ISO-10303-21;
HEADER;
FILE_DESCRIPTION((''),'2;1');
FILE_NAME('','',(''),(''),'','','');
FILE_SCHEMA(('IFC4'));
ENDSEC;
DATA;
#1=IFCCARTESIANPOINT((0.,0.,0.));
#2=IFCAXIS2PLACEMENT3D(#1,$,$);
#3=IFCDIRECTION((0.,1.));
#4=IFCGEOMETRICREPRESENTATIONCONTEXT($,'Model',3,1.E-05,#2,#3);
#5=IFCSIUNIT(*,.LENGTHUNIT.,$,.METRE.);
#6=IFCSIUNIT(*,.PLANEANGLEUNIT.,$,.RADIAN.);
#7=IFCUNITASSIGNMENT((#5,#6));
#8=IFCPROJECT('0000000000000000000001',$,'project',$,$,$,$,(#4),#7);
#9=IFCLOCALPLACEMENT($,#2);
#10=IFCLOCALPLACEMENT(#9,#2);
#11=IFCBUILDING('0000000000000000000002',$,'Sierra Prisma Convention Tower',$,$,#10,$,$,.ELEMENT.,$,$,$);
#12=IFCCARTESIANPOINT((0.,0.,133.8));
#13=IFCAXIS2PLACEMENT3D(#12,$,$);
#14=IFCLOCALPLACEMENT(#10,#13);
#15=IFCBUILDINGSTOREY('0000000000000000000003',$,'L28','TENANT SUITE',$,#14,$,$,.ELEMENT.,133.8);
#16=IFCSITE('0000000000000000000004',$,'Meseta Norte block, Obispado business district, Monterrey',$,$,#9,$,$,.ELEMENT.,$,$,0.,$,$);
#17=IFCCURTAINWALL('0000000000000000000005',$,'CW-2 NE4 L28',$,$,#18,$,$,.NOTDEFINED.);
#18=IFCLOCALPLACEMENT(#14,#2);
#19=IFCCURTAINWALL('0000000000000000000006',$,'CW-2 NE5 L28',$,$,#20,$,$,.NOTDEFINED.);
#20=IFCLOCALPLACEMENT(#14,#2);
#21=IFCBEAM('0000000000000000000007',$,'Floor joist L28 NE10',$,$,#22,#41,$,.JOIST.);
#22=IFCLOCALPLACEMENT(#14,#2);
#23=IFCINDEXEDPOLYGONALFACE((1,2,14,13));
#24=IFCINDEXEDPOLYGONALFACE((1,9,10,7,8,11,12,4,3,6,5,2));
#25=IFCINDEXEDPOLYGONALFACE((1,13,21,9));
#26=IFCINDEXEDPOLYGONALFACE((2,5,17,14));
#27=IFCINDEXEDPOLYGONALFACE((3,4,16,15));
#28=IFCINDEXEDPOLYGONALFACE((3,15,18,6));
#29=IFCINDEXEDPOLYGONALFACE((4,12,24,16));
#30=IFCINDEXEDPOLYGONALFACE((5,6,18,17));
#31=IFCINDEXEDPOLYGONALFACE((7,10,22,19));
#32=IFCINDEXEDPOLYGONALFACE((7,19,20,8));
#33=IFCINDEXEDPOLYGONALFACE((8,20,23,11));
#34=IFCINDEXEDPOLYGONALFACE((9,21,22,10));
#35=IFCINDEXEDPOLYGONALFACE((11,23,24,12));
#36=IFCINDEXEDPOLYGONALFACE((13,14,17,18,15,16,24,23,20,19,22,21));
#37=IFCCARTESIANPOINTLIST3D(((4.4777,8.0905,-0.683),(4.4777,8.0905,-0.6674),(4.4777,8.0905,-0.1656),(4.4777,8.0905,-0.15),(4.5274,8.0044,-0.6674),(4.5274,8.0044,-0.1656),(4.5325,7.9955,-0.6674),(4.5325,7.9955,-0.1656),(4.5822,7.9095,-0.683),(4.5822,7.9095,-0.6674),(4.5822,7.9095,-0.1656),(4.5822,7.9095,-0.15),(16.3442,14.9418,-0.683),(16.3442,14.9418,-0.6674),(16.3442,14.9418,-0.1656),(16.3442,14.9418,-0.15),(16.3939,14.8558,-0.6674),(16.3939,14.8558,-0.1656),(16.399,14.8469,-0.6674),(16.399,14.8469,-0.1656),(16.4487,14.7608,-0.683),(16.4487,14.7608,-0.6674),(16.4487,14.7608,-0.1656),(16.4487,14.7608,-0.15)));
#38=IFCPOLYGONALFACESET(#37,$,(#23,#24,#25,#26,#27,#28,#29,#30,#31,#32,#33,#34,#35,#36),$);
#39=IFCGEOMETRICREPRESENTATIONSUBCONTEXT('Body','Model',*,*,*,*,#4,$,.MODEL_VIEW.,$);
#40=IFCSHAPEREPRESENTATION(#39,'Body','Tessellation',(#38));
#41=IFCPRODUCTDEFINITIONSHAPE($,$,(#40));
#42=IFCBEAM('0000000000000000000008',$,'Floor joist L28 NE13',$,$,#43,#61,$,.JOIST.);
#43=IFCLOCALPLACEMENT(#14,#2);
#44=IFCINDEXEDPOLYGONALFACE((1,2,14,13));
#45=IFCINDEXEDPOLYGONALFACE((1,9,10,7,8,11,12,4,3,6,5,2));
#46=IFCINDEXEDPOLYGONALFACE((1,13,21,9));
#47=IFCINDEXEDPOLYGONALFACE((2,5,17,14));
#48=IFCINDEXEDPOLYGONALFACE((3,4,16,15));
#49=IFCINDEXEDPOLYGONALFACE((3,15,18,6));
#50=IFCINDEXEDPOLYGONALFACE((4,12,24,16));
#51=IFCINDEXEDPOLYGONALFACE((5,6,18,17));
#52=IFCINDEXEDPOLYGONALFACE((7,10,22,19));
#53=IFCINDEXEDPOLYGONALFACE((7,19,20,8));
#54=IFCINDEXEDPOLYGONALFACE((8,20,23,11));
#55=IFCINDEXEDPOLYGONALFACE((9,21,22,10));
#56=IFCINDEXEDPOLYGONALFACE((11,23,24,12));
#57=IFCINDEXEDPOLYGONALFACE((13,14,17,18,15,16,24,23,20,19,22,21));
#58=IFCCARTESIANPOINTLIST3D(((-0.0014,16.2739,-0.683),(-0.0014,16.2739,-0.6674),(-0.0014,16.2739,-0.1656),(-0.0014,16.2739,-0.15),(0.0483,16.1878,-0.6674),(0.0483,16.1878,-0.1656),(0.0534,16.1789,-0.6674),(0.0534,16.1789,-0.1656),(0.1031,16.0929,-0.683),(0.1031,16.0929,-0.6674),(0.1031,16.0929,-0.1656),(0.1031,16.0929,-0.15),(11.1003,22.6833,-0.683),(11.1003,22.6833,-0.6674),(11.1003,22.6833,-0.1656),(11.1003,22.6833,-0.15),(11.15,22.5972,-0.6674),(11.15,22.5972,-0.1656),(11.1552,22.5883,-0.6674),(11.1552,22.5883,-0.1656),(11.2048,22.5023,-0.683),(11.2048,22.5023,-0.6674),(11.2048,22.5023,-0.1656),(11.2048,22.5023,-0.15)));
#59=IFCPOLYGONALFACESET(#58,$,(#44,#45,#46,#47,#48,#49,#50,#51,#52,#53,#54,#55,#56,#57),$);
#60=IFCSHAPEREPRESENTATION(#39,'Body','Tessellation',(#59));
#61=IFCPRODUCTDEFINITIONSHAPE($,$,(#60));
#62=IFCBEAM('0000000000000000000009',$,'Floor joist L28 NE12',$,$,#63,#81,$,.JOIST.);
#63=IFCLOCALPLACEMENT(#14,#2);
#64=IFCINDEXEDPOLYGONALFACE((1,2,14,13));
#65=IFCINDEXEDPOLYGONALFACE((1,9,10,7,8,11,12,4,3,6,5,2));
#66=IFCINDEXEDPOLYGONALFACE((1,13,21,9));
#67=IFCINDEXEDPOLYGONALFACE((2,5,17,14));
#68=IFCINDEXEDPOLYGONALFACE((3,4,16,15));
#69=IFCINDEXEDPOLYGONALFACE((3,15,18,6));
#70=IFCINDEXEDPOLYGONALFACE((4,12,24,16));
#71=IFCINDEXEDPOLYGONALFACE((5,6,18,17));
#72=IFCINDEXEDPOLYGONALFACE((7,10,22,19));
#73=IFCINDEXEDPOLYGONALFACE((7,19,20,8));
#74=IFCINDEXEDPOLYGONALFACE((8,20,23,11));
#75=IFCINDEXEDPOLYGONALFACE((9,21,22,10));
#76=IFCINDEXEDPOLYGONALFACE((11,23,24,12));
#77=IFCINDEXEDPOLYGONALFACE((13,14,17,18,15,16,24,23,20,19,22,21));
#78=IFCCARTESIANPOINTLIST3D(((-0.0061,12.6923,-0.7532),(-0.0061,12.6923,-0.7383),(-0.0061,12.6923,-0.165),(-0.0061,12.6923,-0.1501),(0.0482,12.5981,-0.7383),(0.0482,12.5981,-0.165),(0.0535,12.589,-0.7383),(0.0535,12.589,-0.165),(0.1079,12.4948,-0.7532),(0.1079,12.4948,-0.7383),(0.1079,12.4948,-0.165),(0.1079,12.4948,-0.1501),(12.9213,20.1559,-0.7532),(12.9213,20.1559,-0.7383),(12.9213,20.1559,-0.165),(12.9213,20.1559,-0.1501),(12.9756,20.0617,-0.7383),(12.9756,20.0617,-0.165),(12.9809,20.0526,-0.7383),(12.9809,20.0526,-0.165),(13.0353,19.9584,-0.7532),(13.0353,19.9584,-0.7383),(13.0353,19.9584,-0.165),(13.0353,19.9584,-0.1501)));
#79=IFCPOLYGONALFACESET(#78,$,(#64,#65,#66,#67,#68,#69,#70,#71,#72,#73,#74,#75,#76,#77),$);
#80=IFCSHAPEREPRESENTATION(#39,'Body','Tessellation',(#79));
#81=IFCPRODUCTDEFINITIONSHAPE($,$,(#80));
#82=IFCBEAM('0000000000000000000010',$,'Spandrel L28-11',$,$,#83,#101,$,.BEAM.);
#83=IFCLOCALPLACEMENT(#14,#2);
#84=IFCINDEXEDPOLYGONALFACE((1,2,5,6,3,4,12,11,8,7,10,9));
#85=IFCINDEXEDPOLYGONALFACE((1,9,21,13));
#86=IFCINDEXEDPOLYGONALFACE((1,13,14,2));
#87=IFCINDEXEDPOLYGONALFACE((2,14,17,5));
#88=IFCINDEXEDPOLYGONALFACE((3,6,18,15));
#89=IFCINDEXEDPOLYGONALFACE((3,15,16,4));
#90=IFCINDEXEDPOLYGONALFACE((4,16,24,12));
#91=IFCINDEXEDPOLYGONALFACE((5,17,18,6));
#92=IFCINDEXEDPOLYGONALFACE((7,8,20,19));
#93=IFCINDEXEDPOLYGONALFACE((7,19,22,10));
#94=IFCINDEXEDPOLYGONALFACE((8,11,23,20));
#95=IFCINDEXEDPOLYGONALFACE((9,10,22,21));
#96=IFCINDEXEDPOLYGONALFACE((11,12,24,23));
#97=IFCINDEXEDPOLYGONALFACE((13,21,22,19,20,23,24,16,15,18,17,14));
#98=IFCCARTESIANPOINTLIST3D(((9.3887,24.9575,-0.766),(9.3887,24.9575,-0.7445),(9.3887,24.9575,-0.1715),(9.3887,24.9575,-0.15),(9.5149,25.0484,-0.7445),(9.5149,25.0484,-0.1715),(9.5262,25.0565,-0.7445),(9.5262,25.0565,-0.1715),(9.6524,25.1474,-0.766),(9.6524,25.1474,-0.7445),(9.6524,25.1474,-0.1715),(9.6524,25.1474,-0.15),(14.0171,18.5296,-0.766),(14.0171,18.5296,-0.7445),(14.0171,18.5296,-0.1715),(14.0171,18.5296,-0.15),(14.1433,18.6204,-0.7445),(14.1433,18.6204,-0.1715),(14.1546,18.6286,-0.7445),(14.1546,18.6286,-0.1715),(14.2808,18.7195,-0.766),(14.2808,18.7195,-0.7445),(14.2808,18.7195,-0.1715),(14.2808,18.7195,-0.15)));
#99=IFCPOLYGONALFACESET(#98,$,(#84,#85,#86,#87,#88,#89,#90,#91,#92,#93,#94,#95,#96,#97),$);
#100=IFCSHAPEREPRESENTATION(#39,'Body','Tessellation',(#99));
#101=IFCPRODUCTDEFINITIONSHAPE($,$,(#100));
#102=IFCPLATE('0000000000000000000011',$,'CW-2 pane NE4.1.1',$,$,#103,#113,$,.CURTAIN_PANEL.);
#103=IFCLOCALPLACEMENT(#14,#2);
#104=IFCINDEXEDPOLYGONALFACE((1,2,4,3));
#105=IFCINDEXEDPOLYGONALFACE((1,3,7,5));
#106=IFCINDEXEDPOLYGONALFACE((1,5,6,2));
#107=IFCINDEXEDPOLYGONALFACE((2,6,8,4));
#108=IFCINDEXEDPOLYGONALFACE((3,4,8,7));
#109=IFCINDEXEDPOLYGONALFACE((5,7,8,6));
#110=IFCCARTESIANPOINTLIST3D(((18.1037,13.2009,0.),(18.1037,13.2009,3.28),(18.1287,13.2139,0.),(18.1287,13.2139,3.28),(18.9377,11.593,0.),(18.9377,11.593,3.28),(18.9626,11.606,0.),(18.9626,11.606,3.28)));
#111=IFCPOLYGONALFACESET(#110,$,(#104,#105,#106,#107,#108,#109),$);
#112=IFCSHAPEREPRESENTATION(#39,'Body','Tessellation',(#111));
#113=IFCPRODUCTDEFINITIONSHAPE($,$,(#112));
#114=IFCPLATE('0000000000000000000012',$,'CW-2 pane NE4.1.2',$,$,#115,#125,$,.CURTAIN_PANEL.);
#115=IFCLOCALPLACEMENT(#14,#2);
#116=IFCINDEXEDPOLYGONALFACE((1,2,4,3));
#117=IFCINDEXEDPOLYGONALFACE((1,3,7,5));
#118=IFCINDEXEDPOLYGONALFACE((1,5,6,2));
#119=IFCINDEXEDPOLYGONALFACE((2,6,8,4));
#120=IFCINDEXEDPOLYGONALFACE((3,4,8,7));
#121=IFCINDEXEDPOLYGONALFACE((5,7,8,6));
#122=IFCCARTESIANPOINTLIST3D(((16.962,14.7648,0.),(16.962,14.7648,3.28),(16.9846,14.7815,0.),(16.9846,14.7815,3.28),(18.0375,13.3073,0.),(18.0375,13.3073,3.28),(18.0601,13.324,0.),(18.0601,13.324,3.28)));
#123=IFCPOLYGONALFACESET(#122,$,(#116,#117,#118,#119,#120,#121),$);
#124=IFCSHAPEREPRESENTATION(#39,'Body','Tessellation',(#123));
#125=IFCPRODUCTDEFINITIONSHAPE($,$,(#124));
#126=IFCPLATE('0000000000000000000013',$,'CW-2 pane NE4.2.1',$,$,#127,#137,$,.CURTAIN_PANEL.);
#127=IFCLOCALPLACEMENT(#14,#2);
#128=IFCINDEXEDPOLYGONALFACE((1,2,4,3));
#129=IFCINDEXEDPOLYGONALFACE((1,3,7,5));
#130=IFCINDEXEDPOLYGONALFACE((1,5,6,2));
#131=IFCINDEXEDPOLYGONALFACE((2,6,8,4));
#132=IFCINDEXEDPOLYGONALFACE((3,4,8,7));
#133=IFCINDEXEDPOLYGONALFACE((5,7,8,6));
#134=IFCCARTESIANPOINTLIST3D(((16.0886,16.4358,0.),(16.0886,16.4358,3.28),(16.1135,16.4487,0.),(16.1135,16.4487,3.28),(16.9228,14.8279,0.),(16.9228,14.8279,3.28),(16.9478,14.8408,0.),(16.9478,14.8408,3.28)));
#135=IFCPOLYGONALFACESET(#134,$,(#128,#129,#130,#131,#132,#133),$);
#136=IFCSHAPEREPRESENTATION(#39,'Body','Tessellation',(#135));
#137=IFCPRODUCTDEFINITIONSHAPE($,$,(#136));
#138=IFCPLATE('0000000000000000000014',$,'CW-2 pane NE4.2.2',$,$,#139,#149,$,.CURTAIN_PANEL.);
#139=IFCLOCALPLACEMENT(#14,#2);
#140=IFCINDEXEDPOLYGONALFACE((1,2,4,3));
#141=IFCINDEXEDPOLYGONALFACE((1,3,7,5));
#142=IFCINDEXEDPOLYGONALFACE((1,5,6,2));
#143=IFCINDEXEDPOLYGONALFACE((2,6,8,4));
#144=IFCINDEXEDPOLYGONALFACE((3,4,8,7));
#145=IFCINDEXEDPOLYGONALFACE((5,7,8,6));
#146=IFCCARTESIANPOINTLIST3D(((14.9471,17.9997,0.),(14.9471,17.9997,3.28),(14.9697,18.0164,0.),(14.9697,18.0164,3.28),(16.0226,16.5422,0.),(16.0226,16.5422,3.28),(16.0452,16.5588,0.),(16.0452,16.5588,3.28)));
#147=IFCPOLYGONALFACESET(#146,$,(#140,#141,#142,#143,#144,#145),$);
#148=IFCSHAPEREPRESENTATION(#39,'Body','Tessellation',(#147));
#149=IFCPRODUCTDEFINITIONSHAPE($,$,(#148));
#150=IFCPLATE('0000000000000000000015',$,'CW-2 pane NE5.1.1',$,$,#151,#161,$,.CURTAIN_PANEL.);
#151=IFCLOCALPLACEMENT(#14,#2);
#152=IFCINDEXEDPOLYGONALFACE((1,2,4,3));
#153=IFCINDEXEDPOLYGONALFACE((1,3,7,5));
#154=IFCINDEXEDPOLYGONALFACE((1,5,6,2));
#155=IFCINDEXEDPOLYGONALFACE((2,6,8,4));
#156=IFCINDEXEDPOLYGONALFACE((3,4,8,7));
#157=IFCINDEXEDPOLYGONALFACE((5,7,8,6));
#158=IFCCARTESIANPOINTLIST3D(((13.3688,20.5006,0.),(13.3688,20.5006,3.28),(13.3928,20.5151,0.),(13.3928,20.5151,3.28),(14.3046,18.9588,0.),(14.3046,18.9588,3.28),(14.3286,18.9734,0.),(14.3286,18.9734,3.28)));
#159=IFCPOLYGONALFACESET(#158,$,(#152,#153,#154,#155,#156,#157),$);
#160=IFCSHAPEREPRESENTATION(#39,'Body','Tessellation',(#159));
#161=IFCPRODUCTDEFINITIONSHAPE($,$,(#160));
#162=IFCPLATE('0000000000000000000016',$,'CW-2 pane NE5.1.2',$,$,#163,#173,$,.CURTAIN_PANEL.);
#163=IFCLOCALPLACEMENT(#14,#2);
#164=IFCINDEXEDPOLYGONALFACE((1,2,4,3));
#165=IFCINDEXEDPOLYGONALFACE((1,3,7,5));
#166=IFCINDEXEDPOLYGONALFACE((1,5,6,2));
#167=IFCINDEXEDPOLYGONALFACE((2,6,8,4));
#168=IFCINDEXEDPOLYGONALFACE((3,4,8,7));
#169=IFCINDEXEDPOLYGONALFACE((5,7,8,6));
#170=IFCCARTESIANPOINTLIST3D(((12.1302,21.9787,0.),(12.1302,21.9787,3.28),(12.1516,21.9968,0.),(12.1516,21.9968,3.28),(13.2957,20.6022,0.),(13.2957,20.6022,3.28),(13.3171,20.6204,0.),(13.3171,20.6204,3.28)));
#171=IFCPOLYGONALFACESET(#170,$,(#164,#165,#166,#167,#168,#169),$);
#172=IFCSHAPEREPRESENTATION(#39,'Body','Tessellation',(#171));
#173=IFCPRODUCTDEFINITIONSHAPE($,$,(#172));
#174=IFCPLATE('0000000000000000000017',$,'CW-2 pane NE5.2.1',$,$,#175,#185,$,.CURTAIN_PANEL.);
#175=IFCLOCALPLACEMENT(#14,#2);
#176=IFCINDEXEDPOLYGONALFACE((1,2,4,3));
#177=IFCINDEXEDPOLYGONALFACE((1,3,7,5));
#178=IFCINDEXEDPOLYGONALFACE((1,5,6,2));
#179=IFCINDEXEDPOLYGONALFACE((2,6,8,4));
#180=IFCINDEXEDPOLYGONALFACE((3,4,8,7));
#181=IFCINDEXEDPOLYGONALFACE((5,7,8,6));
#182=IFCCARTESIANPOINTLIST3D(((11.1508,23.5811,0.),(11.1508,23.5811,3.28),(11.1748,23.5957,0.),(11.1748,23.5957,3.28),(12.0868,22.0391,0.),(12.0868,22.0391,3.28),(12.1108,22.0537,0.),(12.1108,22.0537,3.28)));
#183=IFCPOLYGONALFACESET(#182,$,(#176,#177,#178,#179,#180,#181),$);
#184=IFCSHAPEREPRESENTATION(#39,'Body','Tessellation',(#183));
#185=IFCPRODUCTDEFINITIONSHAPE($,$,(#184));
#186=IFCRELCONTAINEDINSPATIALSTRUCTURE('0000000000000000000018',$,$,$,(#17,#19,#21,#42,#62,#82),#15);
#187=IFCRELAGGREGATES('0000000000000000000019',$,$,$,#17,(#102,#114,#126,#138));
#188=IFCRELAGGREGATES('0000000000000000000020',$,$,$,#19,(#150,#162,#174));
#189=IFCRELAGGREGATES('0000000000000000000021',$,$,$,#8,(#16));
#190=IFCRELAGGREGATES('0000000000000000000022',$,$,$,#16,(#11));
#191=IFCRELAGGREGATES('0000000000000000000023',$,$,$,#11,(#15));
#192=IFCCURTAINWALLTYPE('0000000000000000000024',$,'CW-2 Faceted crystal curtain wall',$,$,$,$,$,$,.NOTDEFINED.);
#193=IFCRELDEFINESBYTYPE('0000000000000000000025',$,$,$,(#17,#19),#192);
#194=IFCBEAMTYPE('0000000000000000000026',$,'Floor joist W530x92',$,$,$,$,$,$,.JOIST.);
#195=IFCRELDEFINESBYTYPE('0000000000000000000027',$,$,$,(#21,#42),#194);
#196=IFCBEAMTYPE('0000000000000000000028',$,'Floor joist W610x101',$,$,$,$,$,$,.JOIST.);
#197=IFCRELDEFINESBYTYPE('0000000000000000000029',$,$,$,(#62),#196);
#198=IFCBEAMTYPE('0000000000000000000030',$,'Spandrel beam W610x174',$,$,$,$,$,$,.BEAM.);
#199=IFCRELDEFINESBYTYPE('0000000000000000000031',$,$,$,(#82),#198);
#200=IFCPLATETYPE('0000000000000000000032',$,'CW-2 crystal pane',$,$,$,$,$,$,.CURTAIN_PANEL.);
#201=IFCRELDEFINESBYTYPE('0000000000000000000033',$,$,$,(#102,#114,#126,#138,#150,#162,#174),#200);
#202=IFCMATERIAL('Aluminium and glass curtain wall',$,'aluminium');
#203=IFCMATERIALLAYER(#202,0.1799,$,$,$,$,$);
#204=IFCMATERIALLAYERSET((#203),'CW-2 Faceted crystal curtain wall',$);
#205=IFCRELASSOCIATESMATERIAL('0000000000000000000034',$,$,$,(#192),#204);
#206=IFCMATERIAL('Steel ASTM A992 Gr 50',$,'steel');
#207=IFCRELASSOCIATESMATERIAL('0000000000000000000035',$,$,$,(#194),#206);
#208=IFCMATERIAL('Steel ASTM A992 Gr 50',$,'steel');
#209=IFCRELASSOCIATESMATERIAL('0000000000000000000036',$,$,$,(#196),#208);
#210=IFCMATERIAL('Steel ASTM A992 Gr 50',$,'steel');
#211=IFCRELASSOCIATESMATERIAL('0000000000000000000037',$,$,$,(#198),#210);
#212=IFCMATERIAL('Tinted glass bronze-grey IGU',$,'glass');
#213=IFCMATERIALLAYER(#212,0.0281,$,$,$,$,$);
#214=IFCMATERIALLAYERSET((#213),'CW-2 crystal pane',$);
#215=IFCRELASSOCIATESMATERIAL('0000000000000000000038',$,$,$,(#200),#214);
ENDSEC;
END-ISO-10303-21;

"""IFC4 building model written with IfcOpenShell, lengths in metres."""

from ifc_helpers import new_model, si_unit, direction, frame, origin, origin_2d, place, context, subcontext, project, spatial, polyline, i_section, outline, extrude, material, layer, layer_set, material_profile, profile_set, type_object, element, aggregate, save


model = new_model("IFC4")

# Units and contexts
model_context = context("Model", 3, precision=1e-05, world=origin(), true_north=direction((0.0, 1.0)))
body_context = subcontext(model_context, "Body", "Model", "MODEL_VIEW")
ifc_project = project(units=[si_unit("LENGTHUNIT", "METRE"), si_unit("PLANEANGLEUNIT", "RADIAN")], contexts=[model_context])

# Site, building, storey
site_placement = place(None, origin())
site = spatial("IfcSite", under=ifc_project, at=site_placement, Name="Meseta Norte block, Obispado business district, Monterrey", CompositionType="ELEMENT", RefElevation=0.0)
building_placement = place(site_placement, origin())
building = spatial("IfcBuilding", under=site, at=building_placement, Name="Sierra Prisma Convention Tower", CompositionType="ELEMENT")
storey_placement = place(building_placement, frame((0.0, 0.0, 133.8)))
storey = spatial("IfcBuildingStorey", under=building, at=storey_placement, Name="L28", Description="TENANT SUITE", CompositionType="ELEMENT", Elevation=133.8)

# Curtain walls
ifc_material_1 = material(Name="Aluminium and glass curtain wall", Category="aluminium")
ifc_layer_1 = layer(ifc_material_1, 0.1799)
ifc_layer_set_1 = layer_set([ifc_layer_1], Name="CW-2 Faceted crystal curtain wall")
curtain_wall_type = type_object("IfcCurtainWallType", Name="CW-2 Faceted crystal curtain wall", PredefinedType="NOTDEFINED", material=ifc_layer_set_1)
curtain_wall_1_placement = place(storey_placement, origin())
curtain_wall_1 = element("IfcCurtainWall", 1, at=curtain_wall_1_placement, inside=storey, type_object=curtain_wall_type, Name="CW-2 NE4 L28", PredefinedType="NOTDEFINED")
curtain_wall_2_placement = place(storey_placement, origin())
curtain_wall_2 = element("IfcCurtainWall", 2, at=curtain_wall_2_placement, inside=storey, type_object=curtain_wall_type, Name="CW-2 NE5 L28", PredefinedType="NOTDEFINED")

# Beams
ifc_material_2 = material(Name="Steel ASTM A992 Gr 50", Category="steel")
ifc_material_profile_1 = material_profile(ifc_material_2, i_section(OverallWidth=0.209, OverallDepth=0.533, WebThickness=0.0103, FlangeThickness=0.0156, at=origin_2d()), Name="W530x92")
ifc_profile_set_1 = profile_set([ifc_material_profile_1], Name="Steel ASTM A992 Gr 50")
beam_type_1 = type_object("IfcBeamType", Name="Floor joist W530x92", PredefinedType="JOIST", material=ifc_profile_set_1)
beam_1_placement = place(storey_placement, frame((16.3965, 14.8513, -0.4165), z_axis=(-0.866019, -0.500012, 0.0), x_axis=(0.500012, -0.866019, 0.0)))
element("IfcBeam", 3, at=beam_1_placement, inside=storey, type_object=beam_type_1, Name="Floor joist L28 NE10", PredefinedType="JOIST", context=body_context, shape_type="SweptSolid", body=[
    extrude(i_section(OverallWidth=0.209, OverallDepth=0.533, WebThickness=0.0103, FlangeThickness=0.0156, at=origin_2d()), origin(), (0.0, 0.0, 1.0), 13.7024),
])
beam_2_placement = place(storey_placement, frame((11.1526, 22.5928, -0.4165), z_axis=(-0.866032, -0.499988, 0.0), x_axis=(0.499988, -0.866032, 0.0)))
element("IfcBeam", 4, at=beam_2_placement, inside=storey, type_object=beam_type_1, Name="Floor joist L28 NE13", PredefinedType="JOIST", context=body_context, shape_type="SweptSolid", body=[
    extrude(i_section(OverallWidth=0.209, OverallDepth=0.533, WebThickness=0.0103, FlangeThickness=0.0156, at=origin_2d()), origin(), (0.0, 0.0, 1.0), 12.8191),
])
ifc_material_3 = material(Name="Steel ASTM A992 Gr 50", Category="steel")
ifc_material_profile_2 = material_profile(ifc_material_3, i_section(OverallWidth=0.228, OverallDepth=0.603, WebThickness=0.0105, FlangeThickness=0.0149, at=origin_2d()), Name="W610x101")
ifc_profile_set_2 = profile_set([ifc_material_profile_2], Name="Steel ASTM A992 Gr 50")
beam_type_2 = type_object("IfcBeamType", Name="Floor joist W610x101", PredefinedType="JOIST", material=ifc_profile_set_2)
beam_3_placement = place(storey_placement, frame((12.9783, 20.0571, -0.4517), z_axis=(-0.866027, -0.499997, 0.0), x_axis=(0.499997, -0.866027, 0.0)))
element("IfcBeam", 5, at=beam_3_placement, inside=storey, type_object=beam_type_2, Name="Floor joist L28 NE12", PredefinedType="JOIST", context=body_context, shape_type="SweptSolid", body=[
    extrude(i_section(OverallWidth=0.228, OverallDepth=0.603, WebThickness=0.0105, FlangeThickness=0.0149, at=origin_2d()), origin(), (0.0, 0.0, 1.0), 14.9272),
])
ifc_material_4 = material(Name="Steel ASTM A992 Gr 50", Category="steel")
ifc_material_profile_3 = material_profile(ifc_material_4, i_section(OverallWidth=0.325, OverallDepth=0.616, WebThickness=0.0139, FlangeThickness=0.0215, at=origin_2d()), Name="W610x174")
ifc_profile_set_3 = profile_set([ifc_material_profile_3], Name="Steel ASTM A992 Gr 50")
beam_type_3 = type_object("IfcBeamType", Name="Spandrel beam W610x174", PredefinedType="BEAM", material=ifc_profile_set_3)
beam_4_placement = place(storey_placement, frame((14.1489, 18.6245, -0.458), z_axis=(-0.584327, 0.811518, 0.0), x_axis=(-0.811518, -0.584327, 0.0)))
element("IfcBeam", 6, at=beam_4_placement, inside=storey, type_object=beam_type_3, Name="Spandrel L28-11", PredefinedType="BEAM", context=body_context, shape_type="SweptSolid", body=[
    extrude(i_section(OverallWidth=0.325, OverallDepth=0.616, WebThickness=0.0139, FlangeThickness=0.0215, at=origin_2d()), origin(), (0.0, 0.0, 1.0), 7.9209),
])

# Plates
ifc_material_5 = material(Name="Tinted glass bronze-grey IGU", Category="glass")
ifc_layer_2 = layer(ifc_material_5, 0.0281)
ifc_layer_set_2 = layer_set([ifc_layer_2], Name="CW-2 crystal pane")
plate_type = type_object("IfcPlateType", Name="CW-2 crystal pane", PredefinedType="CURTAIN_PANEL", material=ifc_layer_set_2)
plate_1_placement = place(storey_placement, frame((18.9626, 11.606, 0.0), z_axis=(0.887697, 0.460427, 0.0), x_axis=(-0.460427, 0.887697, 0.0)))
plate_1 = element("IfcPlate", 7, at=plate_1_placement, type_object=plate_type, Name="CW-2 pane NE4.1.1", PredefinedType="CURTAIN_PANEL", context=body_context, shape_type="SweptSolid", body=[
    extrude(outline(polyline([(0.0, 0.0), (1.8113, 0.0), (1.8113, 3.28), (0.0, 3.28), (0.0, 0.0)])), origin(), (0.0, 0.0, -1.0), 0.0281),
])
plate_2_placement = place(storey_placement, frame((16.9846, 14.7815, 0.0), z_axis=(0.804666, 0.593728, 0.0), x_axis=(0.593728, -0.804666, 0.0)))
plate_2 = element("IfcPlate", 8, at=plate_2_placement, type_object=plate_type, Name="CW-2 pane NE4.1.2", PredefinedType="CURTAIN_PANEL", context=body_context, shape_type="SweptSolid", body=[
    extrude(outline(polyline([(0.0, 0.0), (1.8113, 0.0), (1.8113, -3.28), (0.0, -3.28), (0.0, 0.0)])), origin(), (0.0, 0.0, -1.0), 0.0281),
])
plate_3_placement = place(storey_placement, frame((16.9478, 14.8408, 0.0), z_axis=(0.887642, 0.460534, 0.0), x_axis=(-0.460534, 0.887642, 0.0)))
plate_3 = element("IfcPlate", 9, at=plate_3_placement, type_object=plate_type, Name="CW-2 pane NE4.2.1", PredefinedType="CURTAIN_PANEL", context=body_context, shape_type="SweptSolid", body=[
    extrude(outline(polyline([(0.0, 0.0), (1.8114, 0.0), (1.8114, 3.28), (0.0, 3.28), (0.0, 0.0)])), origin(), (0.0, 0.0, -1.0), 0.0281),
])
plate_4_placement = place(storey_placement, frame((14.9697, 18.0164, 0.0), z_axis=(0.804666, 0.593728, 0.0), x_axis=(0.593728, -0.804666, 0.0)))
plate_4 = element("IfcPlate", 10, at=plate_4_placement, type_object=plate_type, Name="CW-2 pane NE4.2.2", PredefinedType="CURTAIN_PANEL", context=body_context, shape_type="SweptSolid", body=[
    extrude(outline(polyline([(0.0, 0.0), (1.8113, 0.0), (1.8113, -3.28), (0.0, -3.28), (0.0, 0.0)])), origin(), (0.0, 0.0, -1.0), 0.0281),
])
aggregate(curtain_wall_1, [plate_1, plate_2, plate_3, plate_4])
plate_5_placement = place(storey_placement, frame((14.3286, 18.9734, 0.0), z_axis=(0.854854, 0.518869, 0.0), x_axis=(-0.518869, 0.854854, 0.0)))
plate_5 = element("IfcPlate", 11, at=plate_5_placement, type_object=plate_type, Name="CW-2 pane NE5.1.1", PredefinedType="CURTAIN_PANEL", context=body_context, shape_type="SweptSolid", body=[
    extrude(outline(polyline([(0.0, 0.0), (1.8035, 0.0), (1.8035, 3.28), (0.0, 3.28), (0.0, 0.0)])), origin(), (0.0, 0.0, -1.0), 0.0281),
])
plate_6_placement = place(storey_placement, frame((12.1516, 21.9968, 0.0), z_axis=(0.76316, 0.646209, 0.0), x_axis=(0.646209, -0.76316, 0.0)))
plate_6 = element("IfcPlate", 12, at=plate_6_placement, type_object=plate_type, Name="CW-2 pane NE5.1.2", PredefinedType="CURTAIN_PANEL", context=body_context, shape_type="SweptSolid", body=[
    extrude(outline(polyline([(0.0, 0.0), (1.8036, 0.0), (1.8036, -3.28), (0.0, -3.28), (0.0, 0.0)])), origin(), (0.0, 0.0, -1.0), 0.0281),
])
plate_7_placement = place(storey_placement, frame((12.1108, 22.0537, 0.0), z_axis=(0.85483, 0.518907, 0.0), x_axis=(-0.518907, 0.85483, 0.0)))
plate_7 = element("IfcPlate", 13, at=plate_7_placement, type_object=plate_type, Name="CW-2 pane NE5.2.1", PredefinedType="CURTAIN_PANEL", context=body_context, shape_type="SweptSolid", body=[
    extrude(outline(polyline([(0.0, 0.0), (1.8039, 0.0), (1.8039, 3.28), (0.0, 3.28), (0.0, 0.0)])), origin(), (0.0, 0.0, -1.0), 0.0281),
])
aggregate(curtain_wall_2, [plate_5, plate_6, plate_7])

save(model, "model.ifc")
